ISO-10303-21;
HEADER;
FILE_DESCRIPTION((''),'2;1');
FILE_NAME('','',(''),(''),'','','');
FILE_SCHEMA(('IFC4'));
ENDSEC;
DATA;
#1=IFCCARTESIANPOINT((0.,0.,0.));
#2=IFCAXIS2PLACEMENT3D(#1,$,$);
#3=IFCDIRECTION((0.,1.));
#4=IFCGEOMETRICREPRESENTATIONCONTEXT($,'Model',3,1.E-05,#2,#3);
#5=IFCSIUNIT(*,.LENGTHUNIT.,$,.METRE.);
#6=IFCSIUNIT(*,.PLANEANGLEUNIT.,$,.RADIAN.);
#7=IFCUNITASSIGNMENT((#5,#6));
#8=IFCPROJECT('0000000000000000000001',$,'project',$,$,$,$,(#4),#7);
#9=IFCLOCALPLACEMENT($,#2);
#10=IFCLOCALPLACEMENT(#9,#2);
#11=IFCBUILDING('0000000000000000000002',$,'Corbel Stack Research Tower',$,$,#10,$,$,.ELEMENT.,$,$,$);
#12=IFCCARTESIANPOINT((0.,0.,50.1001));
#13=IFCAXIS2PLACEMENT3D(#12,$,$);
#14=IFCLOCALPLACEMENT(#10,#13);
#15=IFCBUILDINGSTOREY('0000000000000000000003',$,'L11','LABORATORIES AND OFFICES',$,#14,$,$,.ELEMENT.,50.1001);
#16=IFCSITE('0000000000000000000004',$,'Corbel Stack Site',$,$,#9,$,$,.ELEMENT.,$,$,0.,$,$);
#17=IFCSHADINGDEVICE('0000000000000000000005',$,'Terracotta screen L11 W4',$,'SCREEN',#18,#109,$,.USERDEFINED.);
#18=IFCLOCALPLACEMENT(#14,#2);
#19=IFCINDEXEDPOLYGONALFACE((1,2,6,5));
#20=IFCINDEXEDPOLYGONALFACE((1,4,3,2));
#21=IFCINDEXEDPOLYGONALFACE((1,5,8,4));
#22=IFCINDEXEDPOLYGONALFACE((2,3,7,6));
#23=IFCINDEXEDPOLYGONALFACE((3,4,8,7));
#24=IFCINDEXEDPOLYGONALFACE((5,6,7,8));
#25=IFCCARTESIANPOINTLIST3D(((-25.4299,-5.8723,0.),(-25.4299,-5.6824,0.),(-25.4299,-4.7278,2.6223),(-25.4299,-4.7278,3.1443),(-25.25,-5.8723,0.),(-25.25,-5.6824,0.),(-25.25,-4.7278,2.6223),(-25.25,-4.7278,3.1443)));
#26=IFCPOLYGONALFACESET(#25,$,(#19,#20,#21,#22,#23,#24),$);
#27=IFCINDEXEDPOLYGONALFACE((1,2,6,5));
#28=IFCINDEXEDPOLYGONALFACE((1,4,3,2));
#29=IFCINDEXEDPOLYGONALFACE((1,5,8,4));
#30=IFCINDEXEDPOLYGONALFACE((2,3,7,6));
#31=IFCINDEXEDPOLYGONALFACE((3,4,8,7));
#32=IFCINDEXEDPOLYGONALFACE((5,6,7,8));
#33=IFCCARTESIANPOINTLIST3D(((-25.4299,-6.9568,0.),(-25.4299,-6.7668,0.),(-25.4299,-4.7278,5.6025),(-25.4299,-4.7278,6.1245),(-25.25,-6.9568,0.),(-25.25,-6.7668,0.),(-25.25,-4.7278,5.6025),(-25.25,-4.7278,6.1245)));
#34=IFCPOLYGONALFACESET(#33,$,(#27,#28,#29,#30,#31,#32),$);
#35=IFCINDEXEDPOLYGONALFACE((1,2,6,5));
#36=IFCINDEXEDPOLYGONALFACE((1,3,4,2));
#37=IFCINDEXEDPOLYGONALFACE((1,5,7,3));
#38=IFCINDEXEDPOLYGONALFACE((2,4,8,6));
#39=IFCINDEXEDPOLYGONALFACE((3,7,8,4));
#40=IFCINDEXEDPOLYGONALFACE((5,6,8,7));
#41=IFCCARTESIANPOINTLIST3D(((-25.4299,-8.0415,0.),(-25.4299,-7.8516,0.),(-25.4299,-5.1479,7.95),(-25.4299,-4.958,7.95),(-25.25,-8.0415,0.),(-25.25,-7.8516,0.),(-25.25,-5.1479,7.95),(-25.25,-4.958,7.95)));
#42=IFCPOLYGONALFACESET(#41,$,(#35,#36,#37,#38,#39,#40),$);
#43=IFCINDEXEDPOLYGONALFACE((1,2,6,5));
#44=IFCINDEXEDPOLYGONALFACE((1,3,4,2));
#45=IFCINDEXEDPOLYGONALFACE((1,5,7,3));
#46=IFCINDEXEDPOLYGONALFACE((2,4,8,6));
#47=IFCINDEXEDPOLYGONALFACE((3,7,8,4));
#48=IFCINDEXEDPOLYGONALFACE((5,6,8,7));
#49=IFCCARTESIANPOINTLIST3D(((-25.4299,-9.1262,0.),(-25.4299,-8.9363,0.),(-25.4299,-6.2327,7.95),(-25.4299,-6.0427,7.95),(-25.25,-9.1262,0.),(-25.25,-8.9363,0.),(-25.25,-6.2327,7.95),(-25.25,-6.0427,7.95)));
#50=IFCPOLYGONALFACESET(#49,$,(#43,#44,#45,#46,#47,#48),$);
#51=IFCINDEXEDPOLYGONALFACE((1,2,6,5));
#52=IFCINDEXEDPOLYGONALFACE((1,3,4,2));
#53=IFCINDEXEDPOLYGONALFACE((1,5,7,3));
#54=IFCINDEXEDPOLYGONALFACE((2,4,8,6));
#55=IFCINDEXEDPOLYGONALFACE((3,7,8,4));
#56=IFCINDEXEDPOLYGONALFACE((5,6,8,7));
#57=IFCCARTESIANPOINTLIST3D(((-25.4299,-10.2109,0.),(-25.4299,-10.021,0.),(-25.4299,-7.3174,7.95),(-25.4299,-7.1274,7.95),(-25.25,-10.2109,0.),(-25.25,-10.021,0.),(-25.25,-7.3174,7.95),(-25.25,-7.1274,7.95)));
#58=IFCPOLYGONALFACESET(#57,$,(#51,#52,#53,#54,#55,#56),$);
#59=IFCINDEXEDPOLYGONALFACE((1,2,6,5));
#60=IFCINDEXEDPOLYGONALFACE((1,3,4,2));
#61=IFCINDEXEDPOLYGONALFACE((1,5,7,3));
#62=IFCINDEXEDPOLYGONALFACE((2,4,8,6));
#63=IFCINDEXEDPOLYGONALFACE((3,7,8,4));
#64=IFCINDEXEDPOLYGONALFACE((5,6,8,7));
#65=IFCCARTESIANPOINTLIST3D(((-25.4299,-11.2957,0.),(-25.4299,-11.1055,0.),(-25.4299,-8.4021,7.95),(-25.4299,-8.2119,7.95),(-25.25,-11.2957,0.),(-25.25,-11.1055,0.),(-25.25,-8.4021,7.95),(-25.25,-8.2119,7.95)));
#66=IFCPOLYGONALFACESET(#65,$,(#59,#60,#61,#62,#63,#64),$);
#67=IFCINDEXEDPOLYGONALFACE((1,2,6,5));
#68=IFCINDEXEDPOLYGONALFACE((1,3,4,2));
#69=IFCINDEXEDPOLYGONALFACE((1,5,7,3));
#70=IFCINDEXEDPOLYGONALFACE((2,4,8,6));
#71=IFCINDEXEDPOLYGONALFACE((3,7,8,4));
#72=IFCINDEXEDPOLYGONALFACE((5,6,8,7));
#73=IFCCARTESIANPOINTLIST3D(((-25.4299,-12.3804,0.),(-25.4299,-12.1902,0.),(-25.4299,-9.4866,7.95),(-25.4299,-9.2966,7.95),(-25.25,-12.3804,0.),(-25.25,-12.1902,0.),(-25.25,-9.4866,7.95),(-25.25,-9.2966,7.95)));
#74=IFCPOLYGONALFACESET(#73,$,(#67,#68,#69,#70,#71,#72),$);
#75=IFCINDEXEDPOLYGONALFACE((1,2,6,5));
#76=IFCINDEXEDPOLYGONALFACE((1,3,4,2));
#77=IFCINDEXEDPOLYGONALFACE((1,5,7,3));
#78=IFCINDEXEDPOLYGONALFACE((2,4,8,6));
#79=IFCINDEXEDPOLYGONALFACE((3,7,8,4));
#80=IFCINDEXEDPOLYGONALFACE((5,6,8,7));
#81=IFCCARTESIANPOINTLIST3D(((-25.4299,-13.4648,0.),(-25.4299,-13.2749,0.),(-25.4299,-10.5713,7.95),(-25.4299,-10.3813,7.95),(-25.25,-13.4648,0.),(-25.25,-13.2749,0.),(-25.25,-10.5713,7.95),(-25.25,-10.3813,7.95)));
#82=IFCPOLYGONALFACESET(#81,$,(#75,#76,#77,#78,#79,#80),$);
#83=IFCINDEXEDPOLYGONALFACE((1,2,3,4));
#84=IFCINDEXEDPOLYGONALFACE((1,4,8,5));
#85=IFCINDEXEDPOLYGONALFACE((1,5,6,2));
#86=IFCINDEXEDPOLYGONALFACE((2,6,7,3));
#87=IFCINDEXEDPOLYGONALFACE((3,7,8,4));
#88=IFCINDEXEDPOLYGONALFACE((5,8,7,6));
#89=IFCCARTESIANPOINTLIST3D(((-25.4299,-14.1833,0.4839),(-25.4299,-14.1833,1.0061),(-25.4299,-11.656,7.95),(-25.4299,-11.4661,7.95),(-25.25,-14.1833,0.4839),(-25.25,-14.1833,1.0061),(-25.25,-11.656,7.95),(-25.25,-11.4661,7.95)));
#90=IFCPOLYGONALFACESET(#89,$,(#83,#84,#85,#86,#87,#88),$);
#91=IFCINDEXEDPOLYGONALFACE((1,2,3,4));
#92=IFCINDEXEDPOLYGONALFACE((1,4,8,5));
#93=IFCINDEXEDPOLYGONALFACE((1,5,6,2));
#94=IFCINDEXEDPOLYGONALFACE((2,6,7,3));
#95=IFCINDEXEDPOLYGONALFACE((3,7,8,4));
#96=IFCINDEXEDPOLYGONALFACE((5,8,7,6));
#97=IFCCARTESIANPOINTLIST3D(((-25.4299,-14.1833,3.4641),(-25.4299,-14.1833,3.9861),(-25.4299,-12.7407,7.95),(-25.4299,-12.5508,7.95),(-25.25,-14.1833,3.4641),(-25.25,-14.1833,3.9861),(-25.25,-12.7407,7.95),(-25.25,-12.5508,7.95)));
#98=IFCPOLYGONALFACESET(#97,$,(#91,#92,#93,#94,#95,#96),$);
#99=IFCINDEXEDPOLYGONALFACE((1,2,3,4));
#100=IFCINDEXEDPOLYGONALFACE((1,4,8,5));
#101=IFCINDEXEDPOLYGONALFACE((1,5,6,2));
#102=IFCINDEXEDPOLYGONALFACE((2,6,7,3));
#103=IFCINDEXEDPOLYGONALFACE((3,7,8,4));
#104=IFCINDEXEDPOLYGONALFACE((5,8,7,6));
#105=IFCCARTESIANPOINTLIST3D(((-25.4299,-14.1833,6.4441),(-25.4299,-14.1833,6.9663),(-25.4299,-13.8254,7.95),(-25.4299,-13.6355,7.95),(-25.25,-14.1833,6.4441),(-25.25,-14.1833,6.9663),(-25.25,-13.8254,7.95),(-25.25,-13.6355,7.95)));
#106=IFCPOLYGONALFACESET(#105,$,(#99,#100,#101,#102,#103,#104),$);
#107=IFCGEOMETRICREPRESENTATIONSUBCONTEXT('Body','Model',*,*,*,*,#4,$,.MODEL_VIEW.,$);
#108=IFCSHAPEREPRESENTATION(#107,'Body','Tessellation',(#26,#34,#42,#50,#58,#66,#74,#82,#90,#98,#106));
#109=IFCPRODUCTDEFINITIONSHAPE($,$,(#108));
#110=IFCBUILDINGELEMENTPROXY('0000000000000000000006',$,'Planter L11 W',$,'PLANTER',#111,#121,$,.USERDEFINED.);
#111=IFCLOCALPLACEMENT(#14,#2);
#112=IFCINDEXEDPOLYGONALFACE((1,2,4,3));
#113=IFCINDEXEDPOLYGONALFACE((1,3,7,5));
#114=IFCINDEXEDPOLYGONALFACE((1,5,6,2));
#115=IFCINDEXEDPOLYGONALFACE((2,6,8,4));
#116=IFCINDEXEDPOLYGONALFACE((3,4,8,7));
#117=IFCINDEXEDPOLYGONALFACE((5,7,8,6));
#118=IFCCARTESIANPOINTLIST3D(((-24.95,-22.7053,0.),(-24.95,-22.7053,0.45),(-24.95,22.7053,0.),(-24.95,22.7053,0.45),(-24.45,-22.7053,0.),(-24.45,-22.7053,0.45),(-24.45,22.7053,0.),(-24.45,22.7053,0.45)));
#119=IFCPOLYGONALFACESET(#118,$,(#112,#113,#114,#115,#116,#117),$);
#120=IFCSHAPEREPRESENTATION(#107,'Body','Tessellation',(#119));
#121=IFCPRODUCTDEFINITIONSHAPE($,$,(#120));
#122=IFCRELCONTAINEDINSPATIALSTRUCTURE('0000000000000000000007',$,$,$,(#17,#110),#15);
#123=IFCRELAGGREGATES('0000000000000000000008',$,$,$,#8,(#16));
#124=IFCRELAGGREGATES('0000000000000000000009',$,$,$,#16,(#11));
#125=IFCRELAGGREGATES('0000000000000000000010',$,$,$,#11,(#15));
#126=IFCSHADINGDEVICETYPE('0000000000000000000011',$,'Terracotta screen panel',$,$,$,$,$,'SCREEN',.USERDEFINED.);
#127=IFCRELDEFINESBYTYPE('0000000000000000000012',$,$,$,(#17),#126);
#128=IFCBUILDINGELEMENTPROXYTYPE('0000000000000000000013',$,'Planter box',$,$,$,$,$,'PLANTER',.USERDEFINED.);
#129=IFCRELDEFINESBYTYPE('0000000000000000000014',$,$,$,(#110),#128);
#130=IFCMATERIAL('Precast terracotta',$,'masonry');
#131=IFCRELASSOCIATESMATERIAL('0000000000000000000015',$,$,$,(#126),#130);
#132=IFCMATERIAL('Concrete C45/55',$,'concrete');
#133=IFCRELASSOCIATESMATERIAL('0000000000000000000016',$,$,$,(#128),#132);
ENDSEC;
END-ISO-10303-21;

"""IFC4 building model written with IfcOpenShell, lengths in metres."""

from ifc_helpers import new_model, si_unit, direction, frame, origin, origin_2d, place, context, subcontext, project, spatial, polyline, rectangle, outline, extrude, source, transform, mapped, material, type_object, element, save


model = new_model("IFC4")

# Units and contexts
model_context = context("Model", 3, precision=1e-05, world=origin(), true_north=direction((0.0, 1.0)))
body_context = subcontext(model_context, "Body", "Model", "MODEL_VIEW")
ifc_project = project(units=[si_unit("LENGTHUNIT", "METRE"), si_unit("PLANEANGLEUNIT", "RADIAN")], contexts=[model_context])

# Site, building, storey
site_placement = place(None, origin())
site = spatial("IfcSite", under=ifc_project, at=site_placement, Name="Corbel Stack Site", CompositionType="ELEMENT", RefElevation=0.0)
building_placement = place(site_placement, origin())
building = spatial("IfcBuilding", under=site, at=building_placement, Name="Corbel Stack Research Tower", CompositionType="ELEMENT")
storey_placement = place(building_placement, frame((0.0, 0.0, 50.1001)))
storey = spatial("IfcBuildingStorey", under=building, at=storey_placement, Name="L11", Description="LABORATORIES AND OFFICES", CompositionType="ELEMENT", Elevation=50.1001)

# Shading device
ifc_material_1 = material(Name="Precast terracotta", Category="masonry")
shading_device_type = type_object("IfcShadingDeviceType", Name="Terracotta screen panel", ElementType="SCREEN", PredefinedType="USERDEFINED", material=ifc_material_1)
shared_shape = source(origin(), body_context, "Body", "SweptSolid", [
    extrude(outline(polyline([(1.1445, 0.0), (0.0, 3.1443), (0.0, 2.6223), (0.9546, 0.0), (1.1445, 0.0)])), frame((0.0, 0.0, 0.0), z_axis=(0.0, -1.0, 0.0), x_axis=(1.0, 0.0, 0.0)), (0.0, 0.0, 1.0), 0.1799),
    extrude(outline(polyline([(2.229, 0.0), (0.0, 6.1245), (0.0, 5.6025), (2.0391, 0.0), (2.229, 0.0)])), frame((0.0, 0.0, 0.0), z_axis=(0.0, -1.0, 0.0), x_axis=(1.0, 0.0, 0.0)), (0.0, 0.0, 1.0), 0.1799),
    extrude(outline(polyline([(3.3137, 0.0), (0.4202, 7.95), (0.2302, 7.95), (3.1238, 0.0), (3.3137, 0.0)])), frame((0.0, 0.0, 0.0), z_axis=(0.0, -1.0, 0.0), x_axis=(1.0, 0.0, 0.0)), (0.0, 0.0, 1.0), 0.1799),
    extrude(outline(polyline([(4.3984, 0.0), (1.5049, 7.95), (1.3149, 7.95), (4.2085, 0.0), (4.3984, 0.0)])), frame((0.0, 0.0, 0.0), z_axis=(0.0, -1.0, 0.0), x_axis=(1.0, 0.0, 0.0)), (0.0, 0.0, 1.0), 0.1799),
    extrude(outline(polyline([(5.4832, 0.0), (2.5896, 7.95), (2.3997, 7.95), (5.2932, 0.0), (5.4832, 0.0)])), frame((0.0, 0.0, 0.0), z_axis=(0.0, -1.0, 0.0), x_axis=(1.0, 0.0, 0.0)), (0.0, 0.0, 1.0), 0.1799),
    extrude(outline(polyline([(6.5679, 0.0), (3.6743, 7.95), (3.4841, 7.95), (6.3777, 0.0), (6.5679, 0.0)])), frame((0.0, 0.0, 0.0), z_axis=(0.0, -1.0, 0.0), x_axis=(1.0, 0.0, 0.0)), (0.0, 0.0, 1.0), 0.1799),
    extrude(outline(polyline([(7.6526, 0.0), (4.7588, 7.95), (4.5688, 7.95), (7.4624, 0.0), (7.6526, 0.0)])), frame((0.0, 0.0, 0.0), z_axis=(0.0, -1.0, 0.0), x_axis=(1.0, 0.0, 0.0)), (0.0, 0.0, 1.0), 0.1799),
    extrude(outline(polyline([(8.7371, 0.0), (5.8435, 7.95), (5.6536, 7.95), (8.5471, 0.0), (8.7371, 0.0)])), frame((0.0, 0.0, 0.0), z_axis=(0.0, -1.0, 0.0), x_axis=(1.0, 0.0, 0.0)), (0.0, 0.0, 1.0), 0.1799),
    extrude(outline(polyline([(6.9282, 7.95), (6.7383, 7.95), (9.4556, 0.4839), (9.4556, 1.0061), (6.9282, 7.95)])), frame((0.0, 0.0, 0.0), z_axis=(0.0, -1.0, 0.0), x_axis=(1.0, 0.0, 0.0)), (0.0, 0.0, 1.0), 0.1799),
    extrude(outline(polyline([(8.0129, 7.95), (7.823, 7.95), (9.4556, 3.4641), (9.4556, 3.9861), (8.0129, 7.95)])), frame((0.0, 0.0, 0.0), z_axis=(0.0, -1.0, 0.0), x_axis=(1.0, 0.0, 0.0)), (0.0, 0.0, 1.0), 0.1799),
    extrude(outline(polyline([(9.0977, 7.95), (8.9077, 7.95), (9.4556, 6.4441), (9.4556, 6.9663), (9.0977, 7.95)])), frame((0.0, 0.0, 0.0), z_axis=(0.0, -1.0, 0.0), x_axis=(1.0, 0.0, 0.0)), (0.0, 0.0, 1.0), 0.1799),
])
shading_device_placement = place(storey_placement, frame((-25.25, -4.7278, 0.0), z_axis=(0.0, 0.0, 1.0), x_axis=(0.0, -1.0, 0.0)))
element("IfcShadingDevice", 1, at=shading_device_placement, inside=storey, type_object=shading_device_type, Name="Terracotta screen L11 W4", ObjectType="SCREEN", PredefinedType="USERDEFINED", context=body_context, shape_type="MappedRepresentation", body=[
    mapped(shared_shape, transform((0.0, 0.0, 0.0))),
])

# Building element proxy
ifc_material_2 = material(Name="Concrete C45/55", Category="concrete")
building_element_proxy_type = type_object("IfcBuildingElementProxyType", Name="Planter box", ElementType="PLANTER", PredefinedType="USERDEFINED", material=ifc_material_2)
proxy_placement = place(storey_placement, frame((-24.7, 0.0, 0.0), z_axis=(0.0, 0.0, 1.0), x_axis=(0.0, -1.0, 0.0)))
element("IfcBuildingElementProxy", 2, at=proxy_placement, inside=storey, type_object=building_element_proxy_type, Name="Planter L11 W", ObjectType="PLANTER", PredefinedType="USERDEFINED", context=body_context, shape_type="SweptSolid", body=[
    extrude(rectangle(XDim=45.4106, YDim=0.5, at=origin_2d()), origin(), (0.0, 0.0, 1.0), 0.45),
])

save(model, "model.ifc")
